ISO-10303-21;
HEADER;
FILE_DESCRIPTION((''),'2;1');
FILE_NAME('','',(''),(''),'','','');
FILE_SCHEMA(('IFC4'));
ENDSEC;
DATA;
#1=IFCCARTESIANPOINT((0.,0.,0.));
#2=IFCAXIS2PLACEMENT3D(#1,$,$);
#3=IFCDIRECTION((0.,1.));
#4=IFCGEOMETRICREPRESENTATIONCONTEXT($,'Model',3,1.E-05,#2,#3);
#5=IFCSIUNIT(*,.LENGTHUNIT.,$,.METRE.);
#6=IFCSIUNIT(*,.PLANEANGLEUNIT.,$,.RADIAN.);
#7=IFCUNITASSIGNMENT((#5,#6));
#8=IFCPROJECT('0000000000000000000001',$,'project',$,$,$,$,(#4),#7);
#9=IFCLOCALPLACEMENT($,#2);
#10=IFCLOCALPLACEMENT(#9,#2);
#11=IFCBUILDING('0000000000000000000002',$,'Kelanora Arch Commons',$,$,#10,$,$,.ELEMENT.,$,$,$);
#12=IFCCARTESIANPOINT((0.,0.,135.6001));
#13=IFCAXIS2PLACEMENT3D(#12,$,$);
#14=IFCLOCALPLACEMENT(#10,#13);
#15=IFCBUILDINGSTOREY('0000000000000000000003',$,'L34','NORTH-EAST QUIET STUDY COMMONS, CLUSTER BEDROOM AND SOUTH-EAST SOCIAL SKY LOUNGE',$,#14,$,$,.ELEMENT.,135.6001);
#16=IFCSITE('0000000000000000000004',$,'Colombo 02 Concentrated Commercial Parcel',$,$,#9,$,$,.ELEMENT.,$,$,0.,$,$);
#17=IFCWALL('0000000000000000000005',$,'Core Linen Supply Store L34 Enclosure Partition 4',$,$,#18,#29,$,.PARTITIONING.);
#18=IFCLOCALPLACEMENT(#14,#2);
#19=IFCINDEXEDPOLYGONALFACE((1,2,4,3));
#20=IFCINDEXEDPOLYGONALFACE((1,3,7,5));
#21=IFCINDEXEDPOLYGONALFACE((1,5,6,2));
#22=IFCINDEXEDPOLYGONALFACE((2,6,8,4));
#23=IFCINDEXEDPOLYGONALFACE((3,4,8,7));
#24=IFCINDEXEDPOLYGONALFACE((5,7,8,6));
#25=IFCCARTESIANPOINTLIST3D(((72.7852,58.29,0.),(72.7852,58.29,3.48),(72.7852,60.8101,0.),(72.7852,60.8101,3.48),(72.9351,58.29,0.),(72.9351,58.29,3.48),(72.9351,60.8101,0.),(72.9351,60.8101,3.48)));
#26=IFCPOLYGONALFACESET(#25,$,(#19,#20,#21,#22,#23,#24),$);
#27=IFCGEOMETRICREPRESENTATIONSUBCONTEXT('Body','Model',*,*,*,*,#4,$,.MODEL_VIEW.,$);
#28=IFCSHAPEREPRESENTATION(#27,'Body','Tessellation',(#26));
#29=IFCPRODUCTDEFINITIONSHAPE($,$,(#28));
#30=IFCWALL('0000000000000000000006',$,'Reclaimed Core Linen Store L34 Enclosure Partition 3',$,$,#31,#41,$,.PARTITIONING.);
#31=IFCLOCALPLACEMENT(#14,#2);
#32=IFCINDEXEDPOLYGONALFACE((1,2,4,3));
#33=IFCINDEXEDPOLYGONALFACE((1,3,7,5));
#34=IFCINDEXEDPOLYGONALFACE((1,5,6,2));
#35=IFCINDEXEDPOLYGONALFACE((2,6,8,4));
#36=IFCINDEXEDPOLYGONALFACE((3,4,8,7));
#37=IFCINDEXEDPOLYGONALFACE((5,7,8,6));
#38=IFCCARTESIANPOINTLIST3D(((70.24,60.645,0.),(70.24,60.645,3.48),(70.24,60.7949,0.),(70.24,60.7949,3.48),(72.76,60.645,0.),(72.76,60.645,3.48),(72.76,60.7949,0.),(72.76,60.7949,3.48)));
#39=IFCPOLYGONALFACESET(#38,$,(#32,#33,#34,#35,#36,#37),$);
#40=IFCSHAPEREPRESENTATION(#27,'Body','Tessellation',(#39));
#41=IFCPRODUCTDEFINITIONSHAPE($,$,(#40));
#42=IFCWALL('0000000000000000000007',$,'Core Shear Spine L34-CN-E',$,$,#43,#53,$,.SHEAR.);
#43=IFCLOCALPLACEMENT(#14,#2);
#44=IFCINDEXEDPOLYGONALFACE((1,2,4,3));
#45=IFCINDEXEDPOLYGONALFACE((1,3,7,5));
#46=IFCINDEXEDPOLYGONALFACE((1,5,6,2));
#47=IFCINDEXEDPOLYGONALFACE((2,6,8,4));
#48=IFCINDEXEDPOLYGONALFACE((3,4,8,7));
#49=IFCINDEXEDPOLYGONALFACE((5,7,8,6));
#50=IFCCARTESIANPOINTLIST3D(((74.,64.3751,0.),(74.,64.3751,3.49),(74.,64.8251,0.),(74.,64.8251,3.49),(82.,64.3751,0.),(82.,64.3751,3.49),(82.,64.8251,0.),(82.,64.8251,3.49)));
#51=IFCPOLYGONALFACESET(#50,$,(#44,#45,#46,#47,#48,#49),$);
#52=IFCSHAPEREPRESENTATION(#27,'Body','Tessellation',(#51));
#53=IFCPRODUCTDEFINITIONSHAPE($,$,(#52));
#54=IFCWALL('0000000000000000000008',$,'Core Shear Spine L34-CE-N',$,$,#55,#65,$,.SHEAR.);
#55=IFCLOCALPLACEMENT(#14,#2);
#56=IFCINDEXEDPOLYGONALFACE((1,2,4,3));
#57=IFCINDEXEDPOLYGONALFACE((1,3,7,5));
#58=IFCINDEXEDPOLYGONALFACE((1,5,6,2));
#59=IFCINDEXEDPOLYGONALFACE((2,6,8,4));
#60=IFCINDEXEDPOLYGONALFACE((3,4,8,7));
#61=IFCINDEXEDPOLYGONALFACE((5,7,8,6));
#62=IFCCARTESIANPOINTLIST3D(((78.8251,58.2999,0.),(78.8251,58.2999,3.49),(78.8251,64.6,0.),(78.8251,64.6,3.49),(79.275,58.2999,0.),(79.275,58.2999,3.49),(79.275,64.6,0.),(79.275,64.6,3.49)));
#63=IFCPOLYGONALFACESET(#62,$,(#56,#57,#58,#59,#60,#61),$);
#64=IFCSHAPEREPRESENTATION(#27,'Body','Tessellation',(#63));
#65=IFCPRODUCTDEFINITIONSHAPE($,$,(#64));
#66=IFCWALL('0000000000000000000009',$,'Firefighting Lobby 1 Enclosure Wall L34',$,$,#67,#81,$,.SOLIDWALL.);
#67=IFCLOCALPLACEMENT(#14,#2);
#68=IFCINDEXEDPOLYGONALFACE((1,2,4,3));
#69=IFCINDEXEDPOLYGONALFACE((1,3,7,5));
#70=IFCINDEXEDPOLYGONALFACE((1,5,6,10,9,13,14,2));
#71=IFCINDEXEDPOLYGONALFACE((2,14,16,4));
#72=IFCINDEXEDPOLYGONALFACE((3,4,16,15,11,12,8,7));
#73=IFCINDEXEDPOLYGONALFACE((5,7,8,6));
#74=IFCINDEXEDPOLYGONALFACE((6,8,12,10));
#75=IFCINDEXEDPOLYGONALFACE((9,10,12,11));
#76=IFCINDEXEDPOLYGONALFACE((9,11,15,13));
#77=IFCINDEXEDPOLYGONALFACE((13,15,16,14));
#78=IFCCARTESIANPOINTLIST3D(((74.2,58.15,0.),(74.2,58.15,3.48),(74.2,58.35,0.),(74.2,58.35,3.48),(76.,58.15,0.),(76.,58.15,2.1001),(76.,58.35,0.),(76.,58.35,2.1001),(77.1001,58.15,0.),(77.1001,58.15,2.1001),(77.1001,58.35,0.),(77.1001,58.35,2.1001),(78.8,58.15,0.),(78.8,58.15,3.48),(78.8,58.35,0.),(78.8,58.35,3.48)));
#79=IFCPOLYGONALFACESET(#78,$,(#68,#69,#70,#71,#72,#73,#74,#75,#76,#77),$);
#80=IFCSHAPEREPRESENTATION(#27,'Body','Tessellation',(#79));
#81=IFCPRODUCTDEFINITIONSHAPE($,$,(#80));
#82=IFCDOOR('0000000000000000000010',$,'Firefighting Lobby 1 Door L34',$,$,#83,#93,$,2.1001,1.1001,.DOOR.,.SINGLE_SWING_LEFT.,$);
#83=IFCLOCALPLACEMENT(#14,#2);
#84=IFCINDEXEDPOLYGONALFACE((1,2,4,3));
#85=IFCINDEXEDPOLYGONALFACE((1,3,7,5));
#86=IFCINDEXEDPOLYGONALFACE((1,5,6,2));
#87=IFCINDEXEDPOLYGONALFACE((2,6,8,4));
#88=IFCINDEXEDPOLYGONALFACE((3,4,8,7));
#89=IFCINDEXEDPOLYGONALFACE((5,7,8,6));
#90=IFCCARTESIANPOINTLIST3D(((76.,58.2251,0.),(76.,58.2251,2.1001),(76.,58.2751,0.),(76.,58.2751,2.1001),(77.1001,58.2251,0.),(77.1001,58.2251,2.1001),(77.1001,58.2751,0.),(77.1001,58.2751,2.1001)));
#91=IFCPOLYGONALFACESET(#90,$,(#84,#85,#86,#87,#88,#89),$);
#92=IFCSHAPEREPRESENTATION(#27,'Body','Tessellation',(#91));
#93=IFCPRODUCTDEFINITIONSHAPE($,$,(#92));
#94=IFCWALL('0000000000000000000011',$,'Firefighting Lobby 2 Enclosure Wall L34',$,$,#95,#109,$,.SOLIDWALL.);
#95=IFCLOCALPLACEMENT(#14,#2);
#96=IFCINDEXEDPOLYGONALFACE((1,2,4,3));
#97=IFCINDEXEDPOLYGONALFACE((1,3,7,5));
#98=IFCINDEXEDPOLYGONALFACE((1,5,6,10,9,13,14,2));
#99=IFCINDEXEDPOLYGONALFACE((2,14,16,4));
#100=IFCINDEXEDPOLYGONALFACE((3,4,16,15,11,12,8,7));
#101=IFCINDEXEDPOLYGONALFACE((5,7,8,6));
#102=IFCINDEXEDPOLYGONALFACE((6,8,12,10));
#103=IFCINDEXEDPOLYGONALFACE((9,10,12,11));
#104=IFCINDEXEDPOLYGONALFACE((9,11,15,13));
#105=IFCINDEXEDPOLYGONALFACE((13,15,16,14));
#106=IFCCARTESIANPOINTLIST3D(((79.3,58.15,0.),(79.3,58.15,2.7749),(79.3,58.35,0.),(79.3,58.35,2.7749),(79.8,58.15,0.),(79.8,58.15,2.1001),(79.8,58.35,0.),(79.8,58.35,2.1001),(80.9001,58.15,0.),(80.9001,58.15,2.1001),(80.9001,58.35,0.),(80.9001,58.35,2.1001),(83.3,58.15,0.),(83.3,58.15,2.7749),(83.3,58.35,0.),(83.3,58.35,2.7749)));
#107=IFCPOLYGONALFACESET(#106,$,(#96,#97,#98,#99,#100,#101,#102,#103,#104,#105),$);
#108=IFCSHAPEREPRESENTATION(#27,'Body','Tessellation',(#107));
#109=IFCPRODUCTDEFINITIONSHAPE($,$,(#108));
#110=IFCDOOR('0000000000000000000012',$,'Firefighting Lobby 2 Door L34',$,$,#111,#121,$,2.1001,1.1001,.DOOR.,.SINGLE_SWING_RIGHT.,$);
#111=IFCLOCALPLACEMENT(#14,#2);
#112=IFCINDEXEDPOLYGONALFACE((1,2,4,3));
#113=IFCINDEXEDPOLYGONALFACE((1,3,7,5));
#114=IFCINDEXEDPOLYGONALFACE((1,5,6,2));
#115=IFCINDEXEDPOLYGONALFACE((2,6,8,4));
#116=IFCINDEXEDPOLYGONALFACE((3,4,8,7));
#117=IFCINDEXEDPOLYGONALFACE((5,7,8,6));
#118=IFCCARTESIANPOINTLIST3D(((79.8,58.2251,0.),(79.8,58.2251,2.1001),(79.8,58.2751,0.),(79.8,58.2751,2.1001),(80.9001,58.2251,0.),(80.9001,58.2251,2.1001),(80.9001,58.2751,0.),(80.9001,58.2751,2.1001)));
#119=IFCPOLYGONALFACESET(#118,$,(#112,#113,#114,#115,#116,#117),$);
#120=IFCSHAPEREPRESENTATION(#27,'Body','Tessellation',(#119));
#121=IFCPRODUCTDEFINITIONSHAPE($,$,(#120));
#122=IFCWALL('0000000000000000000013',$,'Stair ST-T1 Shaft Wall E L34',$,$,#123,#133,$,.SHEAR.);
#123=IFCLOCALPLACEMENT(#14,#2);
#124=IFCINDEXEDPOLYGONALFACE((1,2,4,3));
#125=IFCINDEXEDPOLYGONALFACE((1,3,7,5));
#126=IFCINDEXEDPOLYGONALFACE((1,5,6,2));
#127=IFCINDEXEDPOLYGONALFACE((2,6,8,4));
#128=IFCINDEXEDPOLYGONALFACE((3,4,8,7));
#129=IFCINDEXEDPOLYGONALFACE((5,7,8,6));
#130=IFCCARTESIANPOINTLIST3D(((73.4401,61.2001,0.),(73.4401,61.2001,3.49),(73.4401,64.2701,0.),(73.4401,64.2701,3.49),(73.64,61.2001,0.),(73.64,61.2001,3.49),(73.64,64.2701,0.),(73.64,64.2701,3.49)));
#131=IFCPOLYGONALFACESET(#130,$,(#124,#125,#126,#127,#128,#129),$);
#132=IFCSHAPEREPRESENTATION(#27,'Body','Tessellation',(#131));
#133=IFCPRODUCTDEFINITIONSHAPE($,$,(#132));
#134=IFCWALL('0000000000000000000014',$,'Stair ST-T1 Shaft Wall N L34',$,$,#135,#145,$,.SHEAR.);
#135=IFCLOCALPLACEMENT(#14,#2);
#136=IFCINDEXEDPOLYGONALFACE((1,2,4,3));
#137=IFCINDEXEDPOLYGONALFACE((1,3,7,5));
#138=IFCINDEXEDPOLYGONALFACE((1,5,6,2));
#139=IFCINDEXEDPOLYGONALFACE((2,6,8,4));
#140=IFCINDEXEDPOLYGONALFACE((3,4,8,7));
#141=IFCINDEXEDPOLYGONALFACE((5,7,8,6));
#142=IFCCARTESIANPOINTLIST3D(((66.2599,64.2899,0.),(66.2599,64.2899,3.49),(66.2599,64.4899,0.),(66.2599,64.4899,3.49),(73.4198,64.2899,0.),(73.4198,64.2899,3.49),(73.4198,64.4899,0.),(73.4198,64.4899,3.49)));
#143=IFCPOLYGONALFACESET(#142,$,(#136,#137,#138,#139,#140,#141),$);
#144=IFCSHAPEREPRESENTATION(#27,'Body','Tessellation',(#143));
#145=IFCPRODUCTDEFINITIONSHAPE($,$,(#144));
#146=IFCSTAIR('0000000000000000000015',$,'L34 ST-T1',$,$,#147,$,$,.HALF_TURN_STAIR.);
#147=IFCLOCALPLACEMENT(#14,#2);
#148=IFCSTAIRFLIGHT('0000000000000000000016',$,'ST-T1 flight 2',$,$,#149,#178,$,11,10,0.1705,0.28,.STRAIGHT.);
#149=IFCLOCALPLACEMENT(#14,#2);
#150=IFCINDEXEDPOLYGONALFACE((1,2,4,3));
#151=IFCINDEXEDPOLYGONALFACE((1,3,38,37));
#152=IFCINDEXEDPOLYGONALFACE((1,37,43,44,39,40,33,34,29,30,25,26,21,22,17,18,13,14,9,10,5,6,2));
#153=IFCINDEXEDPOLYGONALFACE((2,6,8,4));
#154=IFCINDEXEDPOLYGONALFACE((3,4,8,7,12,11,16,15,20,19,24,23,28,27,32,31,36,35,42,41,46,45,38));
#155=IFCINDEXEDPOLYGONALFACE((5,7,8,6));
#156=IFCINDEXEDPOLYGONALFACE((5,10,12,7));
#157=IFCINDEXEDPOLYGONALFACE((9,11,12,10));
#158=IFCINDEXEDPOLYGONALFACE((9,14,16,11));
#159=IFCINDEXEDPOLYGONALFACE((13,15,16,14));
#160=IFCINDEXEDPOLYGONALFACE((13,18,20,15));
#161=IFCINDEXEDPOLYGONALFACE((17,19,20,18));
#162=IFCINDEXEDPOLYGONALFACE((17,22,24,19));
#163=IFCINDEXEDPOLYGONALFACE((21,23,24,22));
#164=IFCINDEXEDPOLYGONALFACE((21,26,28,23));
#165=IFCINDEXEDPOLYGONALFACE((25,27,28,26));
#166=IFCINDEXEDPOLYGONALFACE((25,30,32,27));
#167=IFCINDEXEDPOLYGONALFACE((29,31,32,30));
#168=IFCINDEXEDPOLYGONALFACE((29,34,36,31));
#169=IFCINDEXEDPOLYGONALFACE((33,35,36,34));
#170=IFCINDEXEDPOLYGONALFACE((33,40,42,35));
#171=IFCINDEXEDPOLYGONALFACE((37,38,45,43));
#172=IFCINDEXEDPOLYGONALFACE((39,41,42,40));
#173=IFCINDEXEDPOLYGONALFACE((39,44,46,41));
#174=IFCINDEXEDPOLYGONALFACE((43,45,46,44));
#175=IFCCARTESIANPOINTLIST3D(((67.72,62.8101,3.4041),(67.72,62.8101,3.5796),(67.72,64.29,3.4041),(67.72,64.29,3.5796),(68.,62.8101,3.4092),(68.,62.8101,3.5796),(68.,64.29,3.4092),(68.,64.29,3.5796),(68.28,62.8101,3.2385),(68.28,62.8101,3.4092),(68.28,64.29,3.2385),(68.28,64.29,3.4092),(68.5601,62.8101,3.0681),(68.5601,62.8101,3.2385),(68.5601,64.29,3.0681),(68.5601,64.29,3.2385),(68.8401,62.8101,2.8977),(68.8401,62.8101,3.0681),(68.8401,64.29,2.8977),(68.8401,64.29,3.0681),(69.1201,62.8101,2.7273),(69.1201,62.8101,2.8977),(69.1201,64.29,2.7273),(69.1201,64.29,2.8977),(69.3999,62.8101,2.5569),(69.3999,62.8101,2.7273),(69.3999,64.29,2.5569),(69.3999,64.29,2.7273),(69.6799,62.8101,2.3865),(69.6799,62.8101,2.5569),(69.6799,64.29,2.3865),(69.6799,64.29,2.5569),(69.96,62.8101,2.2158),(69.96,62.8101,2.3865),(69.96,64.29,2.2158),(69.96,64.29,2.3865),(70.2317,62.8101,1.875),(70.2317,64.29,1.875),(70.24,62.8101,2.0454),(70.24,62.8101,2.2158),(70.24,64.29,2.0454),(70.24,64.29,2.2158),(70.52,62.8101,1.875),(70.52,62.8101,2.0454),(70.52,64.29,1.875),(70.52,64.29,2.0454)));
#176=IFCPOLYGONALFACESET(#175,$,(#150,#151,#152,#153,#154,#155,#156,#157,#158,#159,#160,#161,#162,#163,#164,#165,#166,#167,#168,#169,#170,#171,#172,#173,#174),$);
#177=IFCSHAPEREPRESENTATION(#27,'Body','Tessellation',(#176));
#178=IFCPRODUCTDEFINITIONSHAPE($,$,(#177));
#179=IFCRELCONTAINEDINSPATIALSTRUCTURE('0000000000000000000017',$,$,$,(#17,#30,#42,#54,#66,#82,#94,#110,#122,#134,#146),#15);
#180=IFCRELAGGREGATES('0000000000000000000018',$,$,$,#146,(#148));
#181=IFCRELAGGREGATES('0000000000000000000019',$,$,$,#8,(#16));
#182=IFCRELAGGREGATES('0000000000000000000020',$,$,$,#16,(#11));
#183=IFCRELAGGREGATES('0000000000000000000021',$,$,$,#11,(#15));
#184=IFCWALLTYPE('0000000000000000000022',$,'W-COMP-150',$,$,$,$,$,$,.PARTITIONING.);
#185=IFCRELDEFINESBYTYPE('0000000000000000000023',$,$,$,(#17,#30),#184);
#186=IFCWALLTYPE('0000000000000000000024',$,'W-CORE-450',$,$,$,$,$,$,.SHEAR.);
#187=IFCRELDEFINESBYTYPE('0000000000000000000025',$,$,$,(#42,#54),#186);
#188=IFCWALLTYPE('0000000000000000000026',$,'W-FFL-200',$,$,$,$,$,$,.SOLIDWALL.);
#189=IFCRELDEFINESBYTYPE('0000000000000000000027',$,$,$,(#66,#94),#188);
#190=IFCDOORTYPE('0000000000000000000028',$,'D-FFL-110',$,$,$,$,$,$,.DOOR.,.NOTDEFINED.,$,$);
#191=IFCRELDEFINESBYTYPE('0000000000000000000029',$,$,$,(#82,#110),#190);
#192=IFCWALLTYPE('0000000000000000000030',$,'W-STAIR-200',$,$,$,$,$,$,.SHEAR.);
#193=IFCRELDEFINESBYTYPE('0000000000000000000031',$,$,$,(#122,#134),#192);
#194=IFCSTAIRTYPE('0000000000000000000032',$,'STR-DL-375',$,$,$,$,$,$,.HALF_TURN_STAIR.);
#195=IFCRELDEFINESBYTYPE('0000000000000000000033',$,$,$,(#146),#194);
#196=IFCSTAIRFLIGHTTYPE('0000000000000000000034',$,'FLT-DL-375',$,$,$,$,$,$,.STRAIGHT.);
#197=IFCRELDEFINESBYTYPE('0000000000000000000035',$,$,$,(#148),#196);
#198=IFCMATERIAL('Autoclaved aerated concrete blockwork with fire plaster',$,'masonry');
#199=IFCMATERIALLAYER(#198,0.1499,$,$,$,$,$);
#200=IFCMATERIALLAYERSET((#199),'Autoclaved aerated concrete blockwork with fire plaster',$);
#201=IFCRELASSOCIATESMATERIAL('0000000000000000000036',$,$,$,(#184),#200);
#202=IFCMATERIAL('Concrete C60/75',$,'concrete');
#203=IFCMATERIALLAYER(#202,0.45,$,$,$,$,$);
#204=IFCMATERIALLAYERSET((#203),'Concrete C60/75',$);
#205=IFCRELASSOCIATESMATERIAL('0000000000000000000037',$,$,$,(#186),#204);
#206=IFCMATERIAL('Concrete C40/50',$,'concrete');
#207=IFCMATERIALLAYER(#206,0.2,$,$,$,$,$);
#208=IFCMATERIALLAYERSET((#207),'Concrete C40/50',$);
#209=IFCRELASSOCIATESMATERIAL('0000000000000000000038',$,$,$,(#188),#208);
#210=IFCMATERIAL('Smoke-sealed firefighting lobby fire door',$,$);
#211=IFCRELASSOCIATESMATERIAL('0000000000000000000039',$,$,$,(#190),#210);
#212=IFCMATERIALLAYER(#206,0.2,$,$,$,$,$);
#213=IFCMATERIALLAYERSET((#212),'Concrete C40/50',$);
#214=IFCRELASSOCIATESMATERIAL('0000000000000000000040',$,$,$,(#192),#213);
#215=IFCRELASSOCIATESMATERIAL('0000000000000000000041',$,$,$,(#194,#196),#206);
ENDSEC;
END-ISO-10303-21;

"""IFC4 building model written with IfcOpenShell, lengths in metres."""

from ifc_helpers import new_model, si_unit, direction, frame, frame_2d, origin, place, context, subcontext, project, spatial, polyline, rectangle, outline, extrude, material, layer, layer_set, type_object, element, fill, aggregate, save


model = new_model("IFC4")

# Units and contexts
model_context = context("Model", 3, precision=1e-05, world=origin(), true_north=direction((0.0, 1.0)))
body_context = subcontext(model_context, "Body", "Model", "MODEL_VIEW")
ifc_project = project(units=[si_unit("LENGTHUNIT", "METRE"), si_unit("PLANEANGLEUNIT", "RADIAN")], contexts=[model_context])

# Site, building, storey
site_placement = place(None, origin())
site = spatial("IfcSite", under=ifc_project, at=site_placement, Name="Colombo 02 Concentrated Commercial Parcel", CompositionType="ELEMENT", RefElevation=0.0)
building_placement = place(site_placement, origin())
building = spatial("IfcBuilding", under=site, at=building_placement, Name="Kelanora Arch Commons", CompositionType="ELEMENT")
storey_placement = place(building_placement, frame((0.0, 0.0, 135.6001)))
storey = spatial("IfcBuildingStorey", under=building, at=storey_placement, Name="L34", Description="NORTH-EAST QUIET STUDY COMMONS, CLUSTER BEDROOM AND SOUTH-EAST SOCIAL SKY LOUNGE", CompositionType="ELEMENT", Elevation=135.6001)

# Shared definitions
ifc_material_1 = material(Name="Concrete C60/75", Category="concrete")

# Shared definitions
ifc_material_2 = material(Name="Autoclaved aerated concrete blockwork with fire plaster", Category="masonry")
ifc_layer_1 = layer(ifc_material_2, 0.1499)
ifc_layer_set_1 = layer_set([ifc_layer_1], Name="Autoclaved aerated concrete blockwork with fire plaster")
wall_type_1 = type_object("IfcWallType", Name="W-COMP-150", PredefinedType="PARTITIONING", material=ifc_layer_set_1)

# Walls
for number, where, z_axis, x_axis, name in (
    (1, (72.8601, 60.8101, 0.0), (0.0, 0.0, 1.0), (0.0, -1.0, 0.0), "Core Linen Supply Store L34 Enclosure Partition 4"),
    (2, (72.76, 60.72, 0.0), (0.0, 0.0, 1.0), (-1.0, 0.0, 0.0), "Reclaimed Core Linen Store L34 Enclosure Partition 3"),
):
    element("IfcWall", number, at=place(storey_placement, frame(where, z_axis=z_axis, x_axis=x_axis)), inside=storey, type_object=wall_type_1, Name=name, PredefinedType="PARTITIONING", context=body_context, shape_type="SweptSolid", body=[
        extrude(rectangle(XDim=2.52, YDim=0.1499, at=frame_2d((1.26, 0.0))), origin(), (0.0, 0.0, 1.0), 3.48),
    ])
ifc_layer_2 = layer(ifc_material_1, 0.45)
ifc_layer_set_2 = layer_set([ifc_layer_2], Name="Concrete C60/75")
wall_type_2 = type_object("IfcWallType", Name="W-CORE-450", PredefinedType="SHEAR", material=ifc_layer_set_2)
wall_1_placement = place(storey_placement, frame((74.0, 64.6001, 0.0), z_axis=(0.0, 0.0, 1.0), x_axis=(1.0, 0.0, 0.0)))
element("IfcWall", 3, at=wall_1_placement, inside=storey, type_object=wall_type_2, Name="Core Shear Spine L34-CN-E", PredefinedType="SHEAR", context=body_context, shape_type="SweptSolid", body=[
    extrude(rectangle(XDim=8.0, YDim=0.45, at=frame_2d((4.0, 0.0))), origin(), (0.0, 0.0, 1.0), 3.49),
])
wall_2_placement = place(storey_placement, frame((79.05, 58.3, 0.0), z_axis=(0.0, 0.0, 1.0), x_axis=(0.0, 1.0, 0.0)))
element("IfcWall", 4, at=wall_2_placement, inside=storey, type_object=wall_type_2, Name="Core Shear Spine L34-CE-N", PredefinedType="SHEAR", context=body_context, shape_type="SweptSolid", body=[
    extrude(rectangle(XDim=6.3, YDim=0.45, at=frame_2d((3.1499, 0.0))), origin(), (0.0, 0.0, 1.0), 3.49),
])

# Walls, openings, doors
ifc_material_3 = material(Name="Concrete C40/50", Category="concrete")
ifc_layer_3 = layer(ifc_material_3, 0.2)
ifc_layer_set_3 = layer_set([ifc_layer_3], Name="Concrete C40/50")
wall_type_3 = type_object("IfcWallType", Name="W-FFL-200", PredefinedType="SOLIDWALL", material=ifc_layer_set_3)
wall_3_placement = place(storey_placement, frame((74.2, 58.25, 0.0), z_axis=(0.0, 0.0, 1.0), x_axis=(1.0, 0.0, 0.0)))
wall_3 = element("IfcWall", 5, at=wall_3_placement, inside=storey, type_object=wall_type_3, Name="Firefighting Lobby 1 Enclosure Wall L34", PredefinedType="SOLIDWALL", context=body_context, shape_type="SweptSolid", body=[
    extrude(rectangle(XDim=4.6001, YDim=0.2, at=frame_2d((2.3, 0.0))), origin(), (0.0, 0.0, 1.0), 3.48),
])
opening_1_placement = place(wall_3_placement, frame((1.8, 0.0, 0.0)))
opening_1 = element("IfcOpeningElement", 6, at=opening_1_placement, cuts=wall_3, PredefinedType="OPENING", context=body_context, shape_type="SweptSolid", body=[
    extrude(rectangle(XDim=1.1001, YDim=2.1001, at=frame_2d((0.55, 1.05))), frame((0.0, 0.1099, 0.0), z_axis=(0.0, -1.0, 0.0), x_axis=(1.0, 0.0, 0.0)), (0.0, 0.0, 1.0), 0.22),
])
ifc_material_4 = material(Name="Smoke-sealed firefighting lobby fire door")
door_type_1 = type_object("IfcDoorType", Name="D-FFL-110", OperationType="NOTDEFINED", PredefinedType="DOOR", material=ifc_material_4)
door_1_placement = place(opening_1_placement, frame((1.1001, 0.0, 0.0), z_axis=(0.0, 0.0, 1.0), x_axis=(-1.0, 0.0, 0.0)))
door_1 = element("IfcDoor", 7, at=door_1_placement, inside=storey, type_object=door_type_1, Name="Firefighting Lobby 1 Door L34", OperationType="SINGLE_SWING_LEFT", OverallHeight=2.1001, OverallWidth=1.1001, PredefinedType="DOOR", context=body_context, shape_type="SweptSolid", body=[
    extrude(rectangle(XDim=1.1001, YDim=2.1001, at=frame_2d((0.55, 1.05))), frame((0.0, 0.0249, 0.0), z_axis=(0.0, -1.0, 0.0), x_axis=(1.0, 0.0, 0.0)), (0.0, 0.0, 1.0), 0.05),
])
fill(opening_1, door_1)
wall_4_placement = place(storey_placement, frame((79.3, 58.25, 0.0), z_axis=(0.0, 0.0, 1.0), x_axis=(1.0, 0.0, 0.0)))
wall_4 = element("IfcWall", 8, at=wall_4_placement, inside=storey, type_object=wall_type_3, Name="Firefighting Lobby 2 Enclosure Wall L34", PredefinedType="SOLIDWALL", context=body_context, shape_type="SweptSolid", body=[
    extrude(rectangle(XDim=4.0, YDim=0.2, at=frame_2d((2.0, 0.0))), origin(), (0.0, 0.0, 1.0), 2.7749),
])
opening_2_placement = place(wall_4_placement, frame((0.5, 0.0, 0.0)))
opening_2 = element("IfcOpeningElement", 9, at=opening_2_placement, cuts=wall_4, PredefinedType="OPENING", context=body_context, shape_type="SweptSolid", body=[
    extrude(rectangle(XDim=1.1001, YDim=2.1001, at=frame_2d((0.55, 1.05))), frame((0.0, 0.1099, 0.0), z_axis=(0.0, -1.0, 0.0), x_axis=(1.0, 0.0, 0.0)), (0.0, 0.0, 1.0), 0.22),
])
door_2_placement = place(opening_2_placement, frame((1.1001, 0.0, 0.0), z_axis=(0.0, 0.0, 1.0), x_axis=(-1.0, 0.0, 0.0)))
door_2 = element("IfcDoor", 10, at=door_2_placement, inside=storey, type_object=door_type_1, Name="Firefighting Lobby 2 Door L34", OperationType="SINGLE_SWING_RIGHT", OverallHeight=2.1001, OverallWidth=1.1001, PredefinedType="DOOR", context=body_context, shape_type="SweptSolid", body=[
    extrude(rectangle(XDim=1.1001, YDim=2.1001, at=frame_2d((0.55, 1.05))), frame((0.0, 0.0249, 0.0), z_axis=(0.0, -1.0, 0.0), x_axis=(1.0, 0.0, 0.0)), (0.0, 0.0, 1.0), 0.05),
])
fill(opening_2, door_2)

# Walls
ifc_layer_4 = layer(ifc_material_3, 0.2)
ifc_layer_set_4 = layer_set([ifc_layer_4], Name="Concrete C40/50")
wall_type_4 = type_object("IfcWallType", Name="W-STAIR-200", PredefinedType="SHEAR", material=ifc_layer_set_4)
wall_5_placement = place(storey_placement, frame((73.54, 61.2, 0.0), z_axis=(0.0, 0.0, 1.0), x_axis=(0.0, 1.0, 0.0)))
element("IfcWall", 11, at=wall_5_placement, inside=storey, type_object=wall_type_4, Name="Stair ST-T1 Shaft Wall E L34", PredefinedType="SHEAR", context=body_context, shape_type="SweptSolid", body=[
    extrude(rectangle(XDim=3.0701, YDim=0.2, at=frame_2d((1.5352, 0.0))), origin(), (0.0, 0.0, 1.0), 3.49),
])
wall_6_placement = place(storey_placement, frame((73.4199, 64.3899, 0.0), z_axis=(0.0, 0.0, 1.0), x_axis=(-1.0, 0.0, 0.0)))
element("IfcWall", 12, at=wall_6_placement, inside=storey, type_object=wall_type_4, Name="Stair ST-T1 Shaft Wall N L34", PredefinedType="SHEAR", context=body_context, shape_type="SweptSolid", body=[
    extrude(rectangle(XDim=7.1599, YDim=0.2, at=frame_2d((3.5801, 0.0))), origin(), (0.0, 0.0, 1.0), 3.49),
])

# Stair, stair flight
stair_type = type_object("IfcStairType", Name="STR-DL-375", PredefinedType="HALF_TURN_STAIR", material=ifc_material_3)
stair_placement = place(storey_placement, origin())
stair = element("IfcStair", 13, at=stair_placement, inside=storey, type_object=stair_type, Name="L34 ST-T1", PredefinedType="HALF_TURN_STAIR")
stair_flight_type = type_object("IfcStairFlightType", Name="FLT-DL-375", PredefinedType="STRAIGHT", material=ifc_material_3)
stair_flight_placement = place(storey_placement, frame((70.52, 63.55, 1.875), z_axis=(0.0, 0.0, 1.0), x_axis=(-1.0, 0.0, 0.0)))
stair_flight = element("IfcStairFlight", 14, at=stair_flight_placement, type_object=stair_flight_type, Name="ST-T1 flight 2", NumberOfRisers=11, NumberOfTreads=10, PredefinedType="STRAIGHT", RiserHeight=0.1705, TreadLength=0.28, context=body_context, shape_type="SweptSolid", body=[
    extrude(outline(polyline([(0.0, 0.0), (0.0, 0.1704), (0.28, 0.1704), (0.28, 0.3408), (0.5601, 0.3408), (0.5601, 0.5115), (0.8401, 0.5115), (0.8401, 0.6819), (1.1201, 0.6819), (1.1201, 0.8523), (1.3999, 0.8523), (1.3999, 1.0227), (1.6799, 1.0227), (1.6799, 1.1931), (1.96, 1.1931), (1.96, 1.3635), (2.24, 1.3635), (2.24, 1.5342), (2.52, 1.5342), (2.52, 1.7046), (2.8, 1.7046), (2.8, 1.875), (2.8, 1.5291), (0.2883, 0.0), (0.0, 0.0)])), frame((0.0, 0.74, 0.0), z_axis=(0.0, -1.0, 0.0), x_axis=(1.0, 0.0, 0.0)), (0.0, 0.0, 1.0), 1.48),
])
aggregate(stair, [stair_flight])

save(model, "model.ifc")
